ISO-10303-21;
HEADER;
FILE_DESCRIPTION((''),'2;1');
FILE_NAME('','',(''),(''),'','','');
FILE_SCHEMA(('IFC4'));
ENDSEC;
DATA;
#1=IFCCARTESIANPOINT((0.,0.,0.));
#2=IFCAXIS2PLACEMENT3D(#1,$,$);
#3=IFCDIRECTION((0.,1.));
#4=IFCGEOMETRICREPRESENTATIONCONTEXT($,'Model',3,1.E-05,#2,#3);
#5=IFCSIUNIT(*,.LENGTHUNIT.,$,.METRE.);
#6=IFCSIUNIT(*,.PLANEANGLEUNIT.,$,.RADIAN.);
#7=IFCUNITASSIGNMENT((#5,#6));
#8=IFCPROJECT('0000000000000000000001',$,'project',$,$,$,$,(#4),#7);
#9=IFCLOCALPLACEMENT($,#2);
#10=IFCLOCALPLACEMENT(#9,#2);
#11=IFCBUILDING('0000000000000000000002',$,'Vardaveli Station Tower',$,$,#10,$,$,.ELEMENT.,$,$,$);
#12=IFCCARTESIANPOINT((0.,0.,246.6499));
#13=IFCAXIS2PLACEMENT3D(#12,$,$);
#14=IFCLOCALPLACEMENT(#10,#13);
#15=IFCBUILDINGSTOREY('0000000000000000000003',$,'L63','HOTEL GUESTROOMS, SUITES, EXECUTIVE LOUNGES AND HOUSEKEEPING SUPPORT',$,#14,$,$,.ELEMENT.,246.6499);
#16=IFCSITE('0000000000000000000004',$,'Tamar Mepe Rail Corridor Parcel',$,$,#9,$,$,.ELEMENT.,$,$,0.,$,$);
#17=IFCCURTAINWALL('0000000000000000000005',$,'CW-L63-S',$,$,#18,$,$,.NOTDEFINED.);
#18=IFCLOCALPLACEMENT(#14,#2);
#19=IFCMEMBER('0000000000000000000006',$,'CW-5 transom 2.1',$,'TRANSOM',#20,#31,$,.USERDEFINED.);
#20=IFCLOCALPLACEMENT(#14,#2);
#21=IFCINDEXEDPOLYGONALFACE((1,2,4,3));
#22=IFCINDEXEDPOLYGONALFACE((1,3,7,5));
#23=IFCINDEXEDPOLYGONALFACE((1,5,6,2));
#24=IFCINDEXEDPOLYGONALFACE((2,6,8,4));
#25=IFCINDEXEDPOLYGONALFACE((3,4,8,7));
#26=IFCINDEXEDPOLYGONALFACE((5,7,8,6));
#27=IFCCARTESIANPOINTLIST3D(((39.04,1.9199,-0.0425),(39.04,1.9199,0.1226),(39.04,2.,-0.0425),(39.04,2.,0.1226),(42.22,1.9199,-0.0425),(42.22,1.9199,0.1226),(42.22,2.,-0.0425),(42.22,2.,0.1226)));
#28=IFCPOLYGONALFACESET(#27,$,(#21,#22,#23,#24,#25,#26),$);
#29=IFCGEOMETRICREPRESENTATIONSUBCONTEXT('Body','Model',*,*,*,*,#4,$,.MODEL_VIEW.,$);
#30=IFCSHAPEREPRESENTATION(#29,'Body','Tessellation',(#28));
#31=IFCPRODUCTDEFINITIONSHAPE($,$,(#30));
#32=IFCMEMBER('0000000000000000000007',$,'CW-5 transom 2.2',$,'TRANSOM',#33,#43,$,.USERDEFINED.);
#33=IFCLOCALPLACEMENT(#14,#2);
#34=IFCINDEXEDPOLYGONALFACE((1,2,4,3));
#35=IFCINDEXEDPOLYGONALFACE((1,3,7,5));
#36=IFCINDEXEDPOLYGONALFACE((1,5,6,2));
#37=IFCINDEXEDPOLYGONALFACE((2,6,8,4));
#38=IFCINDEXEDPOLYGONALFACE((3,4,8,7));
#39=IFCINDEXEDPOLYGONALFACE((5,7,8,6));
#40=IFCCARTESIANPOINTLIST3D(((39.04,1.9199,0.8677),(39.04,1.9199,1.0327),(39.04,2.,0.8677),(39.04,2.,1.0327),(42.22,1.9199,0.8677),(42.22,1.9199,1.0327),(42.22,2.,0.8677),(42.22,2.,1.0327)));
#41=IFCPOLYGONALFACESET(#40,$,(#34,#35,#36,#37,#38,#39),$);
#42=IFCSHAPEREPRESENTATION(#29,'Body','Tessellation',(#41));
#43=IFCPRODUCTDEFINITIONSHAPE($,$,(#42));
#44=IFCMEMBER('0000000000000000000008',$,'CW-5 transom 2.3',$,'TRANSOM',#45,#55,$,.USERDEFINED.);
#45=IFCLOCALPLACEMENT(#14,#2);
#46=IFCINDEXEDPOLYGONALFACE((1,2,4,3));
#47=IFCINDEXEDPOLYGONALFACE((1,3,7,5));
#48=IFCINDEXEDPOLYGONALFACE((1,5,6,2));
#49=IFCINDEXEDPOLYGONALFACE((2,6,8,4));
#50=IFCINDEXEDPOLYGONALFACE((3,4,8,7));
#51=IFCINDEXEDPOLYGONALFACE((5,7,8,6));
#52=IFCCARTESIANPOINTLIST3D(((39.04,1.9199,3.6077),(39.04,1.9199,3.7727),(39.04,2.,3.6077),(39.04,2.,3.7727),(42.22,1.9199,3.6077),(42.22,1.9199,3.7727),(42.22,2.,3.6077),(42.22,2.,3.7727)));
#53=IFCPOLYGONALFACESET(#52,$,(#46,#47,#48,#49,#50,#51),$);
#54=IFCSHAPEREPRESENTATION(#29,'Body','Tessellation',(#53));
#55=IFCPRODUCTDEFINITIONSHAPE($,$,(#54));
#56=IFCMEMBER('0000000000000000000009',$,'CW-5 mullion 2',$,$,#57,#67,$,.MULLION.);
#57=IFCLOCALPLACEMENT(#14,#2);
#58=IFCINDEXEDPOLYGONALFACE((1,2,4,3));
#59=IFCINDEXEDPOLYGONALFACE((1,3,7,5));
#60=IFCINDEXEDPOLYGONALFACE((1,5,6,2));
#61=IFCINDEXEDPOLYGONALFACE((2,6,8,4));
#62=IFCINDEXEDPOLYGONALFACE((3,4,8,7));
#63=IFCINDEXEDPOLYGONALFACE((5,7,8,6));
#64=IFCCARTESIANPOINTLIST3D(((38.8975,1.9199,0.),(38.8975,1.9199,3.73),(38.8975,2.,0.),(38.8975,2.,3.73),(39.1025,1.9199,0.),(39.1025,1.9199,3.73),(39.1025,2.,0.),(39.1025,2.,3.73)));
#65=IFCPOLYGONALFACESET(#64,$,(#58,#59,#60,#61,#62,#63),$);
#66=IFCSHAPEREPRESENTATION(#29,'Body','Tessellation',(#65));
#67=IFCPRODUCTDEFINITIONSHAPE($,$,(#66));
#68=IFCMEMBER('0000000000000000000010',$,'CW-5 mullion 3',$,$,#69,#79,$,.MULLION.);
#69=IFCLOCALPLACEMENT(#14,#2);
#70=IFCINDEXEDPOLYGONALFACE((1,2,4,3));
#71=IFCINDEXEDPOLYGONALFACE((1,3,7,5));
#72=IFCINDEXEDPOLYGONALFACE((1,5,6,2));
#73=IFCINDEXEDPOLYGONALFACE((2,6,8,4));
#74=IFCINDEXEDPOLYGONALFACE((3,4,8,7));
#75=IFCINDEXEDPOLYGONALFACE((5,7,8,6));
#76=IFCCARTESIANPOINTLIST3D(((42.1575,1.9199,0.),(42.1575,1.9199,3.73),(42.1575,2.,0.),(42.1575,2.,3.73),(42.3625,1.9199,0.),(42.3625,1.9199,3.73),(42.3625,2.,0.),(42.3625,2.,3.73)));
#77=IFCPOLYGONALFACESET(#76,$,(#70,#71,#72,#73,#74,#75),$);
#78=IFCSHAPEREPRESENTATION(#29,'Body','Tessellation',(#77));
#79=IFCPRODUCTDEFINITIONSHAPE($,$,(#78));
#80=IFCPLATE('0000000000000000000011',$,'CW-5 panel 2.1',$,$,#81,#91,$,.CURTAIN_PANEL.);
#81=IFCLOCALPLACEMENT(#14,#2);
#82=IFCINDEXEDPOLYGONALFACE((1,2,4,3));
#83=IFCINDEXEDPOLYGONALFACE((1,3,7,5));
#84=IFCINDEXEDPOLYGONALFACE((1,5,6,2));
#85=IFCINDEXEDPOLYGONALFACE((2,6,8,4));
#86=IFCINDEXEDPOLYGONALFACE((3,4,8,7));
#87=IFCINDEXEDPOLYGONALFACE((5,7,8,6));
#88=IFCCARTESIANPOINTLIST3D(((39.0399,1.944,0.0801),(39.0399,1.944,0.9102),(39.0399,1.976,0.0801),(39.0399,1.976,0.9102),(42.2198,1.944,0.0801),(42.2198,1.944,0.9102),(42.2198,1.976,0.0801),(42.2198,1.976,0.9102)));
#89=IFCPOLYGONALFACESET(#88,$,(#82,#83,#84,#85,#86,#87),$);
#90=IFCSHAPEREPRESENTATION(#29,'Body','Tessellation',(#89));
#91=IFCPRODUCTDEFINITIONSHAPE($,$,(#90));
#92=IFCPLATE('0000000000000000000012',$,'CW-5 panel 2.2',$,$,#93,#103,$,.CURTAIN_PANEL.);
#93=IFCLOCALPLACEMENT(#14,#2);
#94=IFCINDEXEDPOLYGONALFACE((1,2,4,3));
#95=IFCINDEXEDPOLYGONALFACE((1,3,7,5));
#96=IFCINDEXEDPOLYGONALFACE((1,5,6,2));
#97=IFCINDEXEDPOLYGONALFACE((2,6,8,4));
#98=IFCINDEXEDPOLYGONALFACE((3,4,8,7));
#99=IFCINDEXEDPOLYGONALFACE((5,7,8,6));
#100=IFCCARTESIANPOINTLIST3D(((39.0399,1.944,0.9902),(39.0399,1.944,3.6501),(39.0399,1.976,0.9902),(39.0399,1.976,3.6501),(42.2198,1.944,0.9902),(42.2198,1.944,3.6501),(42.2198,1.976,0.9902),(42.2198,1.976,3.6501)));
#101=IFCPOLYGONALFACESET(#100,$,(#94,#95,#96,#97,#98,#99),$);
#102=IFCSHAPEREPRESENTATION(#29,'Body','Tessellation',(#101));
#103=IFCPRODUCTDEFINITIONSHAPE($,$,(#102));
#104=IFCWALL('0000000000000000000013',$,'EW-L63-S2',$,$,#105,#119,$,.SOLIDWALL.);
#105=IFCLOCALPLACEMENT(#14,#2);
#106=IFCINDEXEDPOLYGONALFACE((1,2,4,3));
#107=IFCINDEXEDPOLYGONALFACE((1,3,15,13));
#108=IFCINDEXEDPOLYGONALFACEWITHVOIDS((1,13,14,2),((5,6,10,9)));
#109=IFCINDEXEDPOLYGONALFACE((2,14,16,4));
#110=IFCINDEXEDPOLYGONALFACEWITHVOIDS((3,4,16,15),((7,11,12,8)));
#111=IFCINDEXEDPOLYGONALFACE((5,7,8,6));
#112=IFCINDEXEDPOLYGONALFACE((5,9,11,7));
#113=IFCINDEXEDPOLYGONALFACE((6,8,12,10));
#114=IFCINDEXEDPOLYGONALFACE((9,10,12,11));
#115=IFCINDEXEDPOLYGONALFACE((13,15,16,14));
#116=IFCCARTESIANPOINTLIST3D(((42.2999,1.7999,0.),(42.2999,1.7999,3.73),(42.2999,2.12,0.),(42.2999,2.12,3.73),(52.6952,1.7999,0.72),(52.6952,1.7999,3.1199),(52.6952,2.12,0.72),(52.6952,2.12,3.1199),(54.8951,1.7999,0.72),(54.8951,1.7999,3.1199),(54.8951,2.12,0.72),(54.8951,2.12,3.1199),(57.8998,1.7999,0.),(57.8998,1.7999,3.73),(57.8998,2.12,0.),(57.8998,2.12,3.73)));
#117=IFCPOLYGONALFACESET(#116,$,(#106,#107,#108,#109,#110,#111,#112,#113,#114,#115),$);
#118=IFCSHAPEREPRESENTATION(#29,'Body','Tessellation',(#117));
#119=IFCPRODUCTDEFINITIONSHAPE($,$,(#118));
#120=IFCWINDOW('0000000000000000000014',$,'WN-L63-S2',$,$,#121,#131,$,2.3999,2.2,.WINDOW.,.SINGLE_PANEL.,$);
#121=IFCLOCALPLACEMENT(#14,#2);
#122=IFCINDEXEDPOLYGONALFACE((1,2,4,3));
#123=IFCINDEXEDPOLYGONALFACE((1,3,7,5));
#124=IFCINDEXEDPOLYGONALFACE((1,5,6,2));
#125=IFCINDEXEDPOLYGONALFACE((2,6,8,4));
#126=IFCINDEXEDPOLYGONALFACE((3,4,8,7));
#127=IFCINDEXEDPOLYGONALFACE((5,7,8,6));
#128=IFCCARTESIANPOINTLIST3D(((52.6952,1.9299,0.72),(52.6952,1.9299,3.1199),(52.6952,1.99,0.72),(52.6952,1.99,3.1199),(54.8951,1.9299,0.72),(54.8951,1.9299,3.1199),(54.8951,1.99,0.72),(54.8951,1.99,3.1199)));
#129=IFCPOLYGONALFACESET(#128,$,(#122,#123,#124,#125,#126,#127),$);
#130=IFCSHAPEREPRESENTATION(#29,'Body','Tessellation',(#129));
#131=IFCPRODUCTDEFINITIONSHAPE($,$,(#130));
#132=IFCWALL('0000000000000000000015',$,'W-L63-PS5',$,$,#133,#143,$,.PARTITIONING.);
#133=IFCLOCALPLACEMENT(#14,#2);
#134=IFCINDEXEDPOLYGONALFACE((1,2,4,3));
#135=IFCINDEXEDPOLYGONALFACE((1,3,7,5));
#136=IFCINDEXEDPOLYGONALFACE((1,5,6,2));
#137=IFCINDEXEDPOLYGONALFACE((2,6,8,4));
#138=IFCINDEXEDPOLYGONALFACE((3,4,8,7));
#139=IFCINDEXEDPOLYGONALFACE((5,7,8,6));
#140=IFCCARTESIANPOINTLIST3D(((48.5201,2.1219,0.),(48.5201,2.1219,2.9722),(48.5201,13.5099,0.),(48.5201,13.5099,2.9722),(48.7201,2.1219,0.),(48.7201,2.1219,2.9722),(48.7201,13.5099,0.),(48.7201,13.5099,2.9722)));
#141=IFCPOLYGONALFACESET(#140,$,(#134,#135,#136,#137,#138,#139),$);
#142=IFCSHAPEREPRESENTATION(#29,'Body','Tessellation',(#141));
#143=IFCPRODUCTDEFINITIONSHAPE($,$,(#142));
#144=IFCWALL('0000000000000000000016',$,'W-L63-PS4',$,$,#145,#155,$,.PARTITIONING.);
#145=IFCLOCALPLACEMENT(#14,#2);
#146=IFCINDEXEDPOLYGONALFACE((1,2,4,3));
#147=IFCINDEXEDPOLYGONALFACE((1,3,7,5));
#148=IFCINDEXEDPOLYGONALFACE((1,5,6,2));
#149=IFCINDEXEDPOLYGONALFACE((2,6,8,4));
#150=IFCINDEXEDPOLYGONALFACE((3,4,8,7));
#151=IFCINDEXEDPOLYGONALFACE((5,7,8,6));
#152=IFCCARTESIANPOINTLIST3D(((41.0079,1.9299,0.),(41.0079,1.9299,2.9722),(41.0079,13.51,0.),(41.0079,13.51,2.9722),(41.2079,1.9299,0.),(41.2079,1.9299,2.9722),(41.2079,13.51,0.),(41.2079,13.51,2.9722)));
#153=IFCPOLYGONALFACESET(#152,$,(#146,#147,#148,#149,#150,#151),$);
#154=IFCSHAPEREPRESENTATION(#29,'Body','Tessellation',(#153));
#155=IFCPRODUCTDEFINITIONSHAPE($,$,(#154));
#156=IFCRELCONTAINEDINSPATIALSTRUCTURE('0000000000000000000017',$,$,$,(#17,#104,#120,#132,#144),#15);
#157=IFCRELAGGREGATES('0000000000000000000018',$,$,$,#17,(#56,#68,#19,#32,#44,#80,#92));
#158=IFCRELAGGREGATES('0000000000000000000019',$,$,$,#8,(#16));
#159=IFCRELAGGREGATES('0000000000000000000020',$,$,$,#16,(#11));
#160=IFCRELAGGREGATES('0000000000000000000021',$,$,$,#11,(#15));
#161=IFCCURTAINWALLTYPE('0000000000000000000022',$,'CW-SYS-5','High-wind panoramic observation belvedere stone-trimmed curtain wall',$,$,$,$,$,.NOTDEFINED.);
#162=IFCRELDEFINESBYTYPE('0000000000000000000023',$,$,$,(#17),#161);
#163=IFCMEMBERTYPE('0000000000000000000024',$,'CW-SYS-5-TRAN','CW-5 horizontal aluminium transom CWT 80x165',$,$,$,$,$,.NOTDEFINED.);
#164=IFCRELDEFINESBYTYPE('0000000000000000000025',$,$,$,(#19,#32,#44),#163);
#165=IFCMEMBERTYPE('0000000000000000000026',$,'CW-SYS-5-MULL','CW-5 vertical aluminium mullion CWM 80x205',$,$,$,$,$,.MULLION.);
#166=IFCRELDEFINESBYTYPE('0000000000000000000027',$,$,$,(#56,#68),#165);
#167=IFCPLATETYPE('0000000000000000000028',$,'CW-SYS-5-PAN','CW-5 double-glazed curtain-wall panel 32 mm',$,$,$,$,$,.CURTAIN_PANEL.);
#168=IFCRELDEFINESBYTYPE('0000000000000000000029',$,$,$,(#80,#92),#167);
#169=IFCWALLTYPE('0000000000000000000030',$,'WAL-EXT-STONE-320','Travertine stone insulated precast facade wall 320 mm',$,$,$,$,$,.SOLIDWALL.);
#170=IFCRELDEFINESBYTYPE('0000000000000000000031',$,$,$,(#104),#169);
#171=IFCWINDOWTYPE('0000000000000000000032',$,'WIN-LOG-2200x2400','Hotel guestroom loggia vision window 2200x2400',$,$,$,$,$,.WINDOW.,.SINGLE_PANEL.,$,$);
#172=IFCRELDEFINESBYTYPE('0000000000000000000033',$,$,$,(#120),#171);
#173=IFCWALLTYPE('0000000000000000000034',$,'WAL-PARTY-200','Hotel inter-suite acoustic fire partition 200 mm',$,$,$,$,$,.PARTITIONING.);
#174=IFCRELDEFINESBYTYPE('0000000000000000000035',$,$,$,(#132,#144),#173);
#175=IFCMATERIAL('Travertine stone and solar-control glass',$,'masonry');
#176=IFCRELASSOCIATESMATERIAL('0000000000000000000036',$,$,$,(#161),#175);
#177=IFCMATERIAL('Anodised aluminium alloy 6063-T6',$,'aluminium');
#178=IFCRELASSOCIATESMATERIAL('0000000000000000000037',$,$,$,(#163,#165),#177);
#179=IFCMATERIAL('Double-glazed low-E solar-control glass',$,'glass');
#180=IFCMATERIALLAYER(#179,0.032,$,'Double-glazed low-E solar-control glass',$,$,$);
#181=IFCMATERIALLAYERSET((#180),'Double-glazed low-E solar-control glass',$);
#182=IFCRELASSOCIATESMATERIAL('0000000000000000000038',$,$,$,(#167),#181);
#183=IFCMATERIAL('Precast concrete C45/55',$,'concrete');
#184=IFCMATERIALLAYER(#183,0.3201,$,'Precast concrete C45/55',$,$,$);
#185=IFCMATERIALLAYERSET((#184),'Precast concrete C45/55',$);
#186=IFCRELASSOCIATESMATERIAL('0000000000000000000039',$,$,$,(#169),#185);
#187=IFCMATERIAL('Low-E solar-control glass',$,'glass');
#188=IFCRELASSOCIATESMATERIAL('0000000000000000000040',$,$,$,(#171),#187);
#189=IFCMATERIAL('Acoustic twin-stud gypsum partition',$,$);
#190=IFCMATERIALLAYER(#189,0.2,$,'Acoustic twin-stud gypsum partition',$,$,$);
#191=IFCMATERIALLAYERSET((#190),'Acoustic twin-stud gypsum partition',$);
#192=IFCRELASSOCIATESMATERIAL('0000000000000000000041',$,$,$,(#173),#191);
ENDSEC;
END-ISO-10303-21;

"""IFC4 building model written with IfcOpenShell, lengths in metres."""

from ifc_helpers import new_model, si_unit, direction, frame, frame_2d, origin, origin_2d, place, context, subcontext, project, spatial, rectangle, extrude, source, transform, mapped, material, layer, layer_set, material_profile, profile_set, type_object, element, fill, aggregate, save


model = new_model("IFC4")

# Units and contexts
model_context = context("Model", 3, precision=1e-05, world=origin(), true_north=direction((0.0, 1.0)))
body_context = subcontext(model_context, "Body", "Model", "MODEL_VIEW")
ifc_project = project(units=[si_unit("LENGTHUNIT", "METRE"), si_unit("PLANEANGLEUNIT", "RADIAN")], contexts=[model_context])

# Site, building, storey
site_placement = place(None, origin())
site = spatial("IfcSite", under=ifc_project, at=site_placement, Name="Tamar Mepe Rail Corridor Parcel", CompositionType="ELEMENT", RefElevation=0.0)
building_placement = place(site_placement, origin())
building = spatial("IfcBuilding", under=site, at=building_placement, Name="Vardaveli Station Tower", CompositionType="ELEMENT")
storey_placement = place(building_placement, frame((0.0, 0.0, 246.6499)))
storey = spatial("IfcBuildingStorey", under=building, at=storey_placement, Name="L63", Description="HOTEL GUESTROOMS, SUITES, EXECUTIVE LOUNGES AND HOUSEKEEPING SUPPORT", CompositionType="ELEMENT", Elevation=246.6499)

# Shared definitions
ifc_material_1 = material(Name="Precast concrete C45/55", Category="concrete")

# Curtain wall, members, plates
ifc_material_2 = material(Name="Travertine stone and solar-control glass", Category="masonry")
curtain_wall_type = type_object("IfcCurtainWallType", Name="CW-SYS-5", Description="High-wind panoramic observation belvedere stone-trimmed curtain wall", PredefinedType="NOTDEFINED", material=ifc_material_2)
curtain_wall_placement = place(storey_placement, origin())
curtain_wall = element("IfcCurtainWall", 1, at=curtain_wall_placement, inside=storey, type_object=curtain_wall_type, Name="CW-L63-S", PredefinedType="NOTDEFINED")
ifc_material_3 = material(Name="Anodised aluminium alloy 6063-T6", Category="aluminium")
ifc_material_profile_1 = material_profile(ifc_material_3, rectangle(XDim=0.0801, YDim=0.165, at=origin_2d()), Name="CWT 80x165")
ifc_profile_set_1 = profile_set([ifc_material_profile_1], Name="Anodised aluminium alloy 6063-T6")
member_type_1 = type_object("IfcMemberType", Name="CW-SYS-5-TRAN", Description="CW-5 horizontal aluminium transom CWT 80x165", PredefinedType="NOTDEFINED", material=ifc_profile_set_1)
shared_shape_1 = source(origin(), body_context, "Body", "SweptSolid", [
    extrude(rectangle(XDim=0.0801, YDim=0.165, at=origin_2d()), origin(), (0.0, 0.0, 1.0), 3.1799),
])
member_1_placement = place(storey_placement, frame((39.04, 1.96, 0.04), z_axis=(1.0, 0.0, 0.0), x_axis=(0.0, 1.0, 0.0)))
member_1 = element("IfcMember", 2, at=member_1_placement, type_object=member_type_1, Name="CW-5 transom 2.1", ObjectType="TRANSOM", PredefinedType="USERDEFINED", context=body_context, shape_type="MappedRepresentation", body=[
    mapped(shared_shape_1, transform((0.0, 0.0, 0.0), scale=1.0)),
])
member_2_placement = place(storey_placement, frame((39.04, 1.96, 0.9502), z_axis=(1.0, 0.0, 0.0), x_axis=(0.0, 1.0, 0.0)))
member_2 = element("IfcMember", 3, at=member_2_placement, type_object=member_type_1, Name="CW-5 transom 2.2", ObjectType="TRANSOM", PredefinedType="USERDEFINED", context=body_context, shape_type="MappedRepresentation", body=[
    mapped(shared_shape_1, transform((0.0, 0.0, 0.0), scale=1.0)),
])
member_3_placement = place(storey_placement, frame((39.04, 1.96, 3.6902), z_axis=(1.0, 0.0, 0.0), x_axis=(0.0, 1.0, 0.0)))
member_3 = element("IfcMember", 4, at=member_3_placement, type_object=member_type_1, Name="CW-5 transom 2.3", ObjectType="TRANSOM", PredefinedType="USERDEFINED", context=body_context, shape_type="MappedRepresentation", body=[
    mapped(shared_shape_1, transform((0.0, 0.0, 0.0), scale=1.0)),
])
ifc_material_profile_2 = material_profile(ifc_material_3, rectangle(XDim=0.0801, YDim=0.2051, at=origin_2d()), Name="CWM 80x205")
ifc_profile_set_2 = profile_set([ifc_material_profile_2], Name="Anodised aluminium alloy 6063-T6")
member_type_2 = type_object("IfcMemberType", Name="CW-SYS-5-MULL", Description="CW-5 vertical aluminium mullion CWM 80x205", PredefinedType="MULLION", material=ifc_profile_set_2)
shared_shape_2 = source(origin(), body_context, "Body", "SweptSolid", [
    extrude(rectangle(XDim=0.0801, YDim=0.2051, at=origin_2d()), origin(), (0.0, 0.0, 1.0), 3.73),
])
member_4_placement = place(storey_placement, frame((39.0, 1.96, 0.0), z_axis=(0.0, 0.0, 1.0), x_axis=(0.0, 1.0, 0.0)))
member_4 = element("IfcMember", 5, at=member_4_placement, type_object=member_type_2, Name="CW-5 mullion 2", PredefinedType="MULLION", context=body_context, shape_type="MappedRepresentation", body=[
    mapped(shared_shape_2, transform((0.0, 0.0, 0.0), scale=1.0)),
])
member_5_placement = place(storey_placement, frame((42.26, 1.96, 0.0), z_axis=(0.0, 0.0, 1.0), x_axis=(0.0, 1.0, 0.0)))
member_5 = element("IfcMember", 6, at=member_5_placement, type_object=member_type_2, Name="CW-5 mullion 3", PredefinedType="MULLION", context=body_context, shape_type="MappedRepresentation", body=[
    mapped(shared_shape_2, transform((0.0, 0.0, 0.0), scale=1.0)),
])
ifc_material_4 = material(Name="Double-glazed low-E solar-control glass", Category="glass")
ifc_layer_1 = layer(ifc_material_4, 0.032, Name="Double-glazed low-E solar-control glass")
ifc_layer_set_1 = layer_set([ifc_layer_1], Name="Double-glazed low-E solar-control glass")
plate_type = type_object("IfcPlateType", Name="CW-SYS-5-PAN", Description="CW-5 double-glazed curtain-wall panel 32 mm", PredefinedType="CURTAIN_PANEL", material=ifc_layer_set_1)
shared_shape_3 = source(origin(), body_context, "Body", "SweptSolid", [
    extrude(rectangle(XDim=3.1799, YDim=0.032, at=origin_2d()), origin(), (0.0, 0.0, 1.0), 0.8301),
])
plate_1_placement = place(storey_placement, frame((40.6299, 1.96, 0.0801), z_axis=(0.0, 0.0, 1.0), x_axis=(1.0, 0.0, 0.0)))
plate_1 = element("IfcPlate", 7, at=plate_1_placement, type_object=plate_type, Name="CW-5 panel 2.1", PredefinedType="CURTAIN_PANEL", context=body_context, shape_type="MappedRepresentation", body=[
    mapped(shared_shape_3, transform((0.0, 0.0, 0.0), scale=1.0)),
])
shared_shape_4 = source(origin(), body_context, "Body", "SweptSolid", [
    extrude(rectangle(XDim=3.1799, YDim=0.032, at=origin_2d()), origin(), (0.0, 0.0, 1.0), 2.6599),
])
plate_2_placement = place(storey_placement, frame((40.6299, 1.96, 0.9902), z_axis=(0.0, 0.0, 1.0), x_axis=(1.0, 0.0, 0.0)))
plate_2 = element("IfcPlate", 8, at=plate_2_placement, type_object=plate_type, Name="CW-5 panel 2.2", PredefinedType="CURTAIN_PANEL", context=body_context, shape_type="MappedRepresentation", body=[
    mapped(shared_shape_4, transform((0.0, 0.0, 0.0), scale=1.0)),
])
aggregate(curtain_wall, [member_4, member_5, member_1, member_2, member_3, plate_1, plate_2])

# Wall, opening, window
ifc_layer_2 = layer(ifc_material_1, 0.3201, Name="Precast concrete C45/55")
ifc_layer_set_2 = layer_set([ifc_layer_2], Name="Precast concrete C45/55")
wall_type_1 = type_object("IfcWallType", Name="WAL-EXT-STONE-320", Description="Travertine stone insulated precast facade wall 320 mm", PredefinedType="SOLIDWALL", material=ifc_layer_set_2)
shared_shape_5 = source(origin(), body_context, "Body", "SweptSolid", [
    extrude(rectangle(XDim=15.5999, YDim=0.3201, at=frame_2d((7.7998, 0.0))), origin(), (0.0, 0.0, 1.0), 3.73),
])
wall_1_placement = place(storey_placement, frame((42.3, 1.96, 0.0), z_axis=(0.0, 0.0, 1.0), x_axis=(1.0, 0.0, 0.0)))
wall_1 = element("IfcWall", 9, at=wall_1_placement, inside=storey, type_object=wall_type_1, Name="EW-L63-S2", PredefinedType="SOLIDWALL", context=body_context, shape_type="MappedRepresentation", body=[
    mapped(shared_shape_5, transform((0.0, 0.0, 0.0), scale=1.0)),
])
shared_shape_6 = source(origin(), body_context, "Body", "SweptSolid", [
    extrude(rectangle(XDim=2.2, YDim=2.3999, at=frame_2d((1.1001, 1.2))), frame((0.0, 0.1699, 0.0), z_axis=(0.0, -1.0, 0.0), x_axis=(1.0, 0.0, 0.0)), (0.0, 0.0, 1.0), 0.3401),
])
opening_placement = place(wall_1_placement, frame((10.395, 0.0, 0.72)))
opening = element("IfcOpeningElement", 10, at=opening_placement, cuts=wall_1, PredefinedType="OPENING", context=body_context, shape_type="MappedRepresentation", body=[
    mapped(shared_shape_6, transform((0.0, 0.0, 0.0), scale=1.0)),
])
ifc_material_5 = material(Name="Low-E solar-control glass", Category="glass")
window_type = type_object("IfcWindowType", Name="WIN-LOG-2200x2400", Description="Hotel guestroom loggia vision window 2200x2400", PartitioningType="SINGLE_PANEL", PredefinedType="WINDOW", material=ifc_material_5)
shared_shape_7 = source(origin(), body_context, "Body", "SweptSolid", [
    extrude(rectangle(XDim=2.2, YDim=2.3999, at=frame_2d((1.1001, 1.2))), frame((0.0, 0.03, 0.0), z_axis=(0.0, -1.0, 0.0), x_axis=(1.0, 0.0, 0.0)), (0.0, 0.0, 1.0), 0.0601),
])
window_placement = place(opening_placement, origin())
window = element("IfcWindow", 11, at=window_placement, inside=storey, type_object=window_type, Name="WN-L63-S2", OverallHeight=2.3999, OverallWidth=2.2, PartitioningType="SINGLE_PANEL", PredefinedType="WINDOW", context=body_context, shape_type="MappedRepresentation", body=[
    mapped(shared_shape_7, transform((0.0, 0.0, 0.0), scale=1.0)),
])
fill(opening, window)

# Walls
ifc_material_6 = material(Name="Acoustic twin-stud gypsum partition")
ifc_layer_3 = layer(ifc_material_6, 0.2, Name="Acoustic twin-stud gypsum partition")
ifc_layer_set_3 = layer_set([ifc_layer_3], Name="Acoustic twin-stud gypsum partition")
wall_type_2 = type_object("IfcWallType", Name="WAL-PARTY-200", Description="Hotel inter-suite acoustic fire partition 200 mm", PredefinedType="PARTITIONING", material=ifc_layer_set_3)
shared_shape_8 = source(origin(), body_context, "Body", "SweptSolid", [
    extrude(rectangle(XDim=11.3879, YDim=0.2, at=frame_2d((5.6938, 0.0))), origin(), (0.0, 0.0, 1.0), 2.9722),
])
wall_2_placement = place(storey_placement, frame((48.6201, 2.1221, 0.0), z_axis=(0.0, 0.0, 1.0), x_axis=(0.0, 1.0, 0.0)))
element("IfcWall", 12, at=wall_2_placement, inside=storey, type_object=wall_type_2, Name="W-L63-PS5", PredefinedType="PARTITIONING", context=body_context, shape_type="MappedRepresentation", body=[
    mapped(shared_shape_8, transform((0.0, 0.0, 0.0), scale=1.0)),
])
shared_shape_9 = source(origin(), body_context, "Body", "SweptSolid", [
    extrude(rectangle(XDim=11.5801, YDim=0.2, at=frame_2d((5.79, 0.0))), origin(), (0.0, 0.0, 1.0), 2.9722),
])
wall_3_placement = place(storey_placement, frame((41.1079, 1.9299, 0.0), z_axis=(0.0, 0.0, 1.0), x_axis=(0.0, 1.0, 0.0)))
element("IfcWall", 13, at=wall_3_placement, inside=storey, type_object=wall_type_2, Name="W-L63-PS4", PredefinedType="PARTITIONING", context=body_context, shape_type="MappedRepresentation", body=[
    mapped(shared_shape_9, transform((0.0, 0.0, 0.0), scale=1.0)),
])

save(model, "model.ifc")
